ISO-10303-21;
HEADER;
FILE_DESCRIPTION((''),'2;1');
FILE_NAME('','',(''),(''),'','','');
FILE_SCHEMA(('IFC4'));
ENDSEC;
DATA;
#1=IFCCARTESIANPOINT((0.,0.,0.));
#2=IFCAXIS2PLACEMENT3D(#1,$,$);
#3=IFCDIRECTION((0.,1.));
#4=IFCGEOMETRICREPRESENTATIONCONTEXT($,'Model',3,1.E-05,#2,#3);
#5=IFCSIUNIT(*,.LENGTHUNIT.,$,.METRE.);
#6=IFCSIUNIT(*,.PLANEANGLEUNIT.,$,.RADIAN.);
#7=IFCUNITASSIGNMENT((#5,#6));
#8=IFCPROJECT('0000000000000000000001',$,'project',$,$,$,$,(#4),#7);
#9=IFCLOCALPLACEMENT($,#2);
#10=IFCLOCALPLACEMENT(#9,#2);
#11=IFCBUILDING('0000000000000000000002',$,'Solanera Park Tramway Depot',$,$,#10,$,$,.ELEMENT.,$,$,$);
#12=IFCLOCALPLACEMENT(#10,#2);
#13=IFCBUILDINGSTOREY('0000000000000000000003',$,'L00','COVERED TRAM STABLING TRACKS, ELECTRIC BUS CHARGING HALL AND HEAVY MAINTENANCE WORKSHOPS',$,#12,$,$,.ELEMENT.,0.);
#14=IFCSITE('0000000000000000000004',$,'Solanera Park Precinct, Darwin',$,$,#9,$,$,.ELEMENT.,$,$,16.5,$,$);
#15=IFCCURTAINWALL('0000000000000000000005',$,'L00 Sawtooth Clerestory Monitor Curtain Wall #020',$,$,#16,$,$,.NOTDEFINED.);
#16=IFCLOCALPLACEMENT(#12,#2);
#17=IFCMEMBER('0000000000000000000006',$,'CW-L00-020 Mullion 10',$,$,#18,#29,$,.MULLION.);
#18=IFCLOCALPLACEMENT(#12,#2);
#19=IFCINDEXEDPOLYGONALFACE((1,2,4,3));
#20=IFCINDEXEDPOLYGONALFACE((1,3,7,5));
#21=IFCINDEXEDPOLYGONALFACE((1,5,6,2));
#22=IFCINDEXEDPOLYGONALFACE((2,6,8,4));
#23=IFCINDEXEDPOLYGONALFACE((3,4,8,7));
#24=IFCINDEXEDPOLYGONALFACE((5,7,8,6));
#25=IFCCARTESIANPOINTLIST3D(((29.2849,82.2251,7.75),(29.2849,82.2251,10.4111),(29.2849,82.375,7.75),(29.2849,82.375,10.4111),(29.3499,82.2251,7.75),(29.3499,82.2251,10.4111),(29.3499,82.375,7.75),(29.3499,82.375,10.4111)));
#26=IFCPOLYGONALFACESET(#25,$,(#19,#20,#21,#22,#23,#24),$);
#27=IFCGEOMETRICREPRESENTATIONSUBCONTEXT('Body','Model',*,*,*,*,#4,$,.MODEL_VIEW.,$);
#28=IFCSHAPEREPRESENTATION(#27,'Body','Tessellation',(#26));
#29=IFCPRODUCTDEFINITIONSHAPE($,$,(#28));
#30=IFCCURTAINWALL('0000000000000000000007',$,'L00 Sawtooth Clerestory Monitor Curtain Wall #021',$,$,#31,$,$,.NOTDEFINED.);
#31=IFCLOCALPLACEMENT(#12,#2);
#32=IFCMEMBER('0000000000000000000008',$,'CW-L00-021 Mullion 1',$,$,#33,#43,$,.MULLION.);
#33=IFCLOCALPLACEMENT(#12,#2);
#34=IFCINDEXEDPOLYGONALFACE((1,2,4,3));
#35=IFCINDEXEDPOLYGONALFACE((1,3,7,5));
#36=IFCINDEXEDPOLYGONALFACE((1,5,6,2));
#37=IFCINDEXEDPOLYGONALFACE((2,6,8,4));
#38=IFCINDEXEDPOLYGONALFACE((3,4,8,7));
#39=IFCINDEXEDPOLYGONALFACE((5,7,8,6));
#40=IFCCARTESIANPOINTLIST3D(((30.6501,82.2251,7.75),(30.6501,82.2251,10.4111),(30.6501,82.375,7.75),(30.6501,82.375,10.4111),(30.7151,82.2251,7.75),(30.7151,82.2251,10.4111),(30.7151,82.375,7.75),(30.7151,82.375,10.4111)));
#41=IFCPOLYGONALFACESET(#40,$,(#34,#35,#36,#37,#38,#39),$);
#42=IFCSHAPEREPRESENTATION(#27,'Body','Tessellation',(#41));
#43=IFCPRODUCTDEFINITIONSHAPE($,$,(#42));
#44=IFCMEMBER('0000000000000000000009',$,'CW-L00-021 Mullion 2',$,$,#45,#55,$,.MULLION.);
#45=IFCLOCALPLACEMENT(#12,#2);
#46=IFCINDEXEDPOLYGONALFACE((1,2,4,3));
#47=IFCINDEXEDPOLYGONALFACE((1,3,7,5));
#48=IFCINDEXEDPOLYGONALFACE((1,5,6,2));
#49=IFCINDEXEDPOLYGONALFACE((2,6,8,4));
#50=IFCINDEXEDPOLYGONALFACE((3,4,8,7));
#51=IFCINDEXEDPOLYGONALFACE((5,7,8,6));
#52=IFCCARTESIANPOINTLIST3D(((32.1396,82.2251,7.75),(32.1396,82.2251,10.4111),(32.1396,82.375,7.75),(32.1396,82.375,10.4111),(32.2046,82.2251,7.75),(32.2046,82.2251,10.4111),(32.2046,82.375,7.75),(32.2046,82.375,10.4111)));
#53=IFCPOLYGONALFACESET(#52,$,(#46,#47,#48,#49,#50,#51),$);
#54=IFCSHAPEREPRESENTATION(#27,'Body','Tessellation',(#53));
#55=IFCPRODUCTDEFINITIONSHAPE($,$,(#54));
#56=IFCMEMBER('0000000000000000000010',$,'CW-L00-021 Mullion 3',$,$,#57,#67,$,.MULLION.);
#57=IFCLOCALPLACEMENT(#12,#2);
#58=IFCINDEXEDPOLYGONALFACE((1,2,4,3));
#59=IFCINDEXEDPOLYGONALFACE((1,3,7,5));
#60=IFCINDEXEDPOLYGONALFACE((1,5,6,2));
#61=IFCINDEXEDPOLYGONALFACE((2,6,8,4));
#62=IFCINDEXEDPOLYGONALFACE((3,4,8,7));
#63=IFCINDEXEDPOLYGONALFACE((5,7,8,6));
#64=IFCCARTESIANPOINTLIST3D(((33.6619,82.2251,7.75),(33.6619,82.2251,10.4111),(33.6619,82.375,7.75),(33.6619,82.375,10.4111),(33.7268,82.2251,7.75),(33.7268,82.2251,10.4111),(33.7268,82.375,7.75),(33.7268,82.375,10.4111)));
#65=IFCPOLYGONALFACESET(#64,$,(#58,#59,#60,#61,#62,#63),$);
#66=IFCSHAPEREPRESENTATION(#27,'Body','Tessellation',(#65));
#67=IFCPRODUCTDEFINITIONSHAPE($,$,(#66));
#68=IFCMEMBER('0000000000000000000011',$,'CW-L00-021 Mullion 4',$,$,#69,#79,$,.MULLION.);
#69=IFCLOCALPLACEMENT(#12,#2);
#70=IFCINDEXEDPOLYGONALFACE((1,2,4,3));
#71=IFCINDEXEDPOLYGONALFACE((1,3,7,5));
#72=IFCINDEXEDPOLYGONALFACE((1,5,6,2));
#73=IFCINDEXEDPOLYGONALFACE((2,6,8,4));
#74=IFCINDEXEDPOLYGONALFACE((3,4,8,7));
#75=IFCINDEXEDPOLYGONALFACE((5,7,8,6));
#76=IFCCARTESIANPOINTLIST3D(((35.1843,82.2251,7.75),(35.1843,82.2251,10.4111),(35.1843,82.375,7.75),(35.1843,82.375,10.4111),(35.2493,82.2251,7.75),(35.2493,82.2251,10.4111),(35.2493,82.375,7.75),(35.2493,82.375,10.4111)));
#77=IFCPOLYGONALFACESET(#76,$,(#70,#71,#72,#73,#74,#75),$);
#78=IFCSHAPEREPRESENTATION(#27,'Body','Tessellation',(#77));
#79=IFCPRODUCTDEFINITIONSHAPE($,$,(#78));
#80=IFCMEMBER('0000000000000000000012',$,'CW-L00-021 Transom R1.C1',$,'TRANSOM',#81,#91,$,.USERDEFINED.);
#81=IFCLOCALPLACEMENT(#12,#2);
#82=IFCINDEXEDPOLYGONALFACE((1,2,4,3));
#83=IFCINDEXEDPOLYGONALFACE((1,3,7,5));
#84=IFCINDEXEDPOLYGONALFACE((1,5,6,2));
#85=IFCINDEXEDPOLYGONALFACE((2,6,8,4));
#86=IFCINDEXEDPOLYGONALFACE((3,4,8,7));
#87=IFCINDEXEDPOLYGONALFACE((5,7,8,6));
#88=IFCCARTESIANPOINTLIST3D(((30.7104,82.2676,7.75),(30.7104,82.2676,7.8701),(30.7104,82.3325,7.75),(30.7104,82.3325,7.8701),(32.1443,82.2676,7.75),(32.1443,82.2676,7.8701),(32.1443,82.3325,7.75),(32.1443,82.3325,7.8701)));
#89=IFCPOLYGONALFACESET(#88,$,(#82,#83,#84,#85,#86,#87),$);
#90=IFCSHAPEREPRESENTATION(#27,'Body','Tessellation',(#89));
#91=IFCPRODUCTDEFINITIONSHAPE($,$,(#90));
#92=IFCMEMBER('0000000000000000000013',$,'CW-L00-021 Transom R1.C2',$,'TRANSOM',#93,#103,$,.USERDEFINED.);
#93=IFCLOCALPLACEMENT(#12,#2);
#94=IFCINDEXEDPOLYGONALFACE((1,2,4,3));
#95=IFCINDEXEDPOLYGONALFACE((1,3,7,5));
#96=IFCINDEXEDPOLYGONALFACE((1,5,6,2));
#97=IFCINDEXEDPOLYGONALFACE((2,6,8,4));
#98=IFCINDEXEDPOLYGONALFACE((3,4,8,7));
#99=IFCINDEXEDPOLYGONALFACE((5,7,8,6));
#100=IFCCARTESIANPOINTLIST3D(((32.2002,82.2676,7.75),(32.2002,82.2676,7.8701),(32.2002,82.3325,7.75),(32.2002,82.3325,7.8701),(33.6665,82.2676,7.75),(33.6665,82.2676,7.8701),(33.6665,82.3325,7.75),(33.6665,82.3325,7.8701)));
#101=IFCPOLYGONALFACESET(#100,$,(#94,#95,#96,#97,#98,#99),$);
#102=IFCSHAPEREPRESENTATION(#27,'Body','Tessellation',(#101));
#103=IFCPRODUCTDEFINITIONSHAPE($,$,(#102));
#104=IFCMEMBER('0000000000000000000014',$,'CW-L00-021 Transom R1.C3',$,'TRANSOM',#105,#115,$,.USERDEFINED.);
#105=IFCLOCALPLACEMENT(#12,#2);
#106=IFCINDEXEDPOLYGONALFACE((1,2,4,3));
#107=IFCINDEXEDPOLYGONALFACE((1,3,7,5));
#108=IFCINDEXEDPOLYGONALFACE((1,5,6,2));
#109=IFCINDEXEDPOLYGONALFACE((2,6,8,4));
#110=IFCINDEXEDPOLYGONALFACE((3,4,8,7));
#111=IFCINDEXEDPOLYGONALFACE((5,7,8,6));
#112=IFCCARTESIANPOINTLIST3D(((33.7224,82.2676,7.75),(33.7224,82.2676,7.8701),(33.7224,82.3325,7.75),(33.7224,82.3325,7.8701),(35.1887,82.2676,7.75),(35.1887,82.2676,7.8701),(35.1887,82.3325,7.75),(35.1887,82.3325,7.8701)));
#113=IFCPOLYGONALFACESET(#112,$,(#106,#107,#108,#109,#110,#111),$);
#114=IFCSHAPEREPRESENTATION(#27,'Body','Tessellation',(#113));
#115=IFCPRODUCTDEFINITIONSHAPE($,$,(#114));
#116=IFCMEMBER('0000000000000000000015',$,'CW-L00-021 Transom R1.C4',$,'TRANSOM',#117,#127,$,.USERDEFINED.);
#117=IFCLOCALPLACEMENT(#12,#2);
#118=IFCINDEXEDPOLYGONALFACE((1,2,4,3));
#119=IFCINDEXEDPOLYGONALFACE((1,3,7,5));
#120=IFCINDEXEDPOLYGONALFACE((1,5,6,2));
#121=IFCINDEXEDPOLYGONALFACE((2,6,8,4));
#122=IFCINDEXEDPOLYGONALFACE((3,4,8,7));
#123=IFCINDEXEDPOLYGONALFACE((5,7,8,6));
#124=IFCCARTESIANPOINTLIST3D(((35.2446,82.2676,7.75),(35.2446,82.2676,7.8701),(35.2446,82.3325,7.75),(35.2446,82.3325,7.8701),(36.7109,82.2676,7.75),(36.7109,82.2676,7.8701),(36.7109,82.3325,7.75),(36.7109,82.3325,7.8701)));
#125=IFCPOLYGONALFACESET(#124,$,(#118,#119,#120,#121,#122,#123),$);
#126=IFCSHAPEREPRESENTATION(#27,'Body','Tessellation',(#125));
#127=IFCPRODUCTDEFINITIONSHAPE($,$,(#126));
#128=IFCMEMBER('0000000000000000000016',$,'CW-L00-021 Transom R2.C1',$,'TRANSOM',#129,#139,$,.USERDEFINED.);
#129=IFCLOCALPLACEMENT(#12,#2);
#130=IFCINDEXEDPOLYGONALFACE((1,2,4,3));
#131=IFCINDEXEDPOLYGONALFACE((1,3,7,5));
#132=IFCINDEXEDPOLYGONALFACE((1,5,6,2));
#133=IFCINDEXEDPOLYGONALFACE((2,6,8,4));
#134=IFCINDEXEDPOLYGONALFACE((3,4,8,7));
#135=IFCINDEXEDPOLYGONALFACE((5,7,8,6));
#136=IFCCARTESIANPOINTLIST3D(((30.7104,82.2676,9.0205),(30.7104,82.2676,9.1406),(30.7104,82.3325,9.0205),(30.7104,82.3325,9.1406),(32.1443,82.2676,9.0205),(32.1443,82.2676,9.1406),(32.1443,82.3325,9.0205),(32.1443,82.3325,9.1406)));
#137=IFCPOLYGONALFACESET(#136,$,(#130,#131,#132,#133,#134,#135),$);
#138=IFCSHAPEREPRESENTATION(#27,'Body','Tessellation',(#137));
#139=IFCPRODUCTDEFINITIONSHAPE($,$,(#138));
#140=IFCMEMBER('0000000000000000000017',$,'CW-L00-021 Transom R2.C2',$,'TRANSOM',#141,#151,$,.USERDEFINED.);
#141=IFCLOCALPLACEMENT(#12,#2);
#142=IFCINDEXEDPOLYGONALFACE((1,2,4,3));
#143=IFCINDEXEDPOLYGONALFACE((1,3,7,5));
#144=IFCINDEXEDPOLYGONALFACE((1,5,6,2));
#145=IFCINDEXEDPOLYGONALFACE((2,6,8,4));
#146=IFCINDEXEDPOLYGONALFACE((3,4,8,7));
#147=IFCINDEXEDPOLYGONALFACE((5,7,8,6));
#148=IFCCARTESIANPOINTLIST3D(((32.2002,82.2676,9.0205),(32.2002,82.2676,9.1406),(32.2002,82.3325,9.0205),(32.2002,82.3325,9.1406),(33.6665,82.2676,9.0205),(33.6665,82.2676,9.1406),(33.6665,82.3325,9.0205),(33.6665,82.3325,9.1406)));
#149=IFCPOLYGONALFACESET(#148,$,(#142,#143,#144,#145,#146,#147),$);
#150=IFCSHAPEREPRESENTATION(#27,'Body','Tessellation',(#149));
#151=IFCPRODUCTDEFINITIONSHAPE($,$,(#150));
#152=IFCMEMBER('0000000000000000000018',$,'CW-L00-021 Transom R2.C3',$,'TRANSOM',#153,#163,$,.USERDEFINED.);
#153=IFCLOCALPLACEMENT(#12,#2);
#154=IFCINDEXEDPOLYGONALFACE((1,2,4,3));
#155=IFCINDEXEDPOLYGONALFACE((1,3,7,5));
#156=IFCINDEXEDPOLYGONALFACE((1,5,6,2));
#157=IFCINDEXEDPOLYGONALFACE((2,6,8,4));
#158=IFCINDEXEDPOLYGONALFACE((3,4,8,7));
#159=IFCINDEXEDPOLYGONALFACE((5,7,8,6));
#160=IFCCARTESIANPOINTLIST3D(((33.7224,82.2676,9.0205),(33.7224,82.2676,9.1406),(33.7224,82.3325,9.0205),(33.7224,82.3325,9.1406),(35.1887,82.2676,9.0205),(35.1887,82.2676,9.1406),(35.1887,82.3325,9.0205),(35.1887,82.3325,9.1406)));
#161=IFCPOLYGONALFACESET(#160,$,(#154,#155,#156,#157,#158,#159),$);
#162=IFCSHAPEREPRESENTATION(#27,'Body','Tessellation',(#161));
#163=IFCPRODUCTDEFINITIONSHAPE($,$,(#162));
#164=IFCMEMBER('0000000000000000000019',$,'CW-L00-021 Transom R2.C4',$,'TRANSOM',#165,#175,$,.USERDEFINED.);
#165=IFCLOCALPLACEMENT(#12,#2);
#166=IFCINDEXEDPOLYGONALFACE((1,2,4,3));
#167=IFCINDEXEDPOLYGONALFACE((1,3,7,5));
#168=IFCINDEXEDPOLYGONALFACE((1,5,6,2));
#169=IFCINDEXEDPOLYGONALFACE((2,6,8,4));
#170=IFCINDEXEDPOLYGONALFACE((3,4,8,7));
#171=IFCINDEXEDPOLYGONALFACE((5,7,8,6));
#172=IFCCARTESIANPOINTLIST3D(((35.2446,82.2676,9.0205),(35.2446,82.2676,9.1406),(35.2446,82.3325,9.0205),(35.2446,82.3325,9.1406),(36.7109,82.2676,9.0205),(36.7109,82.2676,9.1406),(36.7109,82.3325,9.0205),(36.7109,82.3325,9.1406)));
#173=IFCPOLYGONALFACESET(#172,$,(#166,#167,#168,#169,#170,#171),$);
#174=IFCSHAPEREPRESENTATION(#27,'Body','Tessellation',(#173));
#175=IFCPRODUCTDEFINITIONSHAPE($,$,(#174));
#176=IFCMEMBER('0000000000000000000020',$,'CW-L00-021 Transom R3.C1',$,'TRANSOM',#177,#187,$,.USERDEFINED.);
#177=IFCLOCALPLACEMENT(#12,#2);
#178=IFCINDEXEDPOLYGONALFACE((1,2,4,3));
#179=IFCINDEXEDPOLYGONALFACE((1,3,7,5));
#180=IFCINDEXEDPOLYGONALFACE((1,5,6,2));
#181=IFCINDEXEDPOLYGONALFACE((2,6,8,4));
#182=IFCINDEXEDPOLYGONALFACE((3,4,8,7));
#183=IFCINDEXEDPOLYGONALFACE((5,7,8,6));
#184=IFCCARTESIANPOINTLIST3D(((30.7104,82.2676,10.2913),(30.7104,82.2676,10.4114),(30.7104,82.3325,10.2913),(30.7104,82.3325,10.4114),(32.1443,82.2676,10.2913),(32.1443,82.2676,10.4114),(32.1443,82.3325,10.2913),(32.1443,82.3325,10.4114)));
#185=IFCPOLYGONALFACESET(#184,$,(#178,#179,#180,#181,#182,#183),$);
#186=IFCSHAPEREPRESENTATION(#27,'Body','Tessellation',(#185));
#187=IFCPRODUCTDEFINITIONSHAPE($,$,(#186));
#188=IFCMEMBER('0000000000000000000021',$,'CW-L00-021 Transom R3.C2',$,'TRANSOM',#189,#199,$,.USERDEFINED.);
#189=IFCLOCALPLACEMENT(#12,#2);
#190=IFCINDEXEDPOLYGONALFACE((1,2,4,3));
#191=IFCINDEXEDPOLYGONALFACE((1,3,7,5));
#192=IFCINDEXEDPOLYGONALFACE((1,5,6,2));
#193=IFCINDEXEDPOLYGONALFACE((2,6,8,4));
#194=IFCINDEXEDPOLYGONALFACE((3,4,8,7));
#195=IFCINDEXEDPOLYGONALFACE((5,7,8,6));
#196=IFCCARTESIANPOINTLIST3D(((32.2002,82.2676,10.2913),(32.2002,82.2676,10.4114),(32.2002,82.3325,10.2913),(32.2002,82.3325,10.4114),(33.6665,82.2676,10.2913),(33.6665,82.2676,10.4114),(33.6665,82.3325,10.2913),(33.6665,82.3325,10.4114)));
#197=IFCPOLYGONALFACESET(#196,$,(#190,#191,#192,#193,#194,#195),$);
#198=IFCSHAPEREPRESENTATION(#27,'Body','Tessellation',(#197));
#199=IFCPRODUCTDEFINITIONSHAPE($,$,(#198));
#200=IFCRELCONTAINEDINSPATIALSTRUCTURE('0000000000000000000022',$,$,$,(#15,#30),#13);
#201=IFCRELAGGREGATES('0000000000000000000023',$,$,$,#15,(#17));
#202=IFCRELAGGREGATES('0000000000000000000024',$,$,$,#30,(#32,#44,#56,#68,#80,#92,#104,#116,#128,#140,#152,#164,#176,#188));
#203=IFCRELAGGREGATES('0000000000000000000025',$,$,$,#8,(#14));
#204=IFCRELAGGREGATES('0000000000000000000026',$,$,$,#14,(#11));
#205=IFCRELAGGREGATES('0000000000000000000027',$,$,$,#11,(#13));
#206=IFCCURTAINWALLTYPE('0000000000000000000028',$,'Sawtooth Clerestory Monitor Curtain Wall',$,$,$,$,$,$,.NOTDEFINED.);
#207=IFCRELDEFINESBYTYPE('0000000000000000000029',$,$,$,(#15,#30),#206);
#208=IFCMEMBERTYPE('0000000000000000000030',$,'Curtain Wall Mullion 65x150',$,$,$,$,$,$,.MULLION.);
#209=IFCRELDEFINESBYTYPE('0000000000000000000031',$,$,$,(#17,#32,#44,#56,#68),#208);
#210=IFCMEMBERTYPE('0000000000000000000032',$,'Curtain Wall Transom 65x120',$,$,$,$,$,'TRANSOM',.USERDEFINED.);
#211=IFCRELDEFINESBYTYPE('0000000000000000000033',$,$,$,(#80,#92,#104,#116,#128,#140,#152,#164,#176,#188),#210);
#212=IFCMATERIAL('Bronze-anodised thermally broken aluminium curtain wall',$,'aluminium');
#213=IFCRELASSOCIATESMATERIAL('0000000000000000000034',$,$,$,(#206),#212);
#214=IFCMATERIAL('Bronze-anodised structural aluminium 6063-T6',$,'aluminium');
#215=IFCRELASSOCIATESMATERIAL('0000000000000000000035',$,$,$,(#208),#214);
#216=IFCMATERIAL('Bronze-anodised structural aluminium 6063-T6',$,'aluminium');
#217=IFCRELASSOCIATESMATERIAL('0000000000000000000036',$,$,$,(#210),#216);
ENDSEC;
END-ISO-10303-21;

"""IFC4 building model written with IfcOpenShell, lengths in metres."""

from ifc_helpers import new_model, si_unit, direction, frame, origin, origin_2d, place, context, subcontext, project, spatial, rectangle, extrude, material, material_profile, profile_set, type_object, element, aggregate, save


model = new_model("IFC4")

# Units and contexts
model_context = context("Model", 3, precision=1e-05, world=origin(), true_north=direction((0.0, 1.0)))
body_context = subcontext(model_context, "Body", "Model", "MODEL_VIEW")
ifc_project = project(units=[si_unit("LENGTHUNIT", "METRE"), si_unit("PLANEANGLEUNIT", "RADIAN")], contexts=[model_context])

# Site, building, storey
site_placement = place(None, origin())
site = spatial("IfcSite", under=ifc_project, at=site_placement, Name="Solanera Park Precinct, Darwin", CompositionType="ELEMENT", RefElevation=16.5)
building_placement = place(site_placement, origin())
building = spatial("IfcBuilding", under=site, at=building_placement, Name="Solanera Park Tramway Depot", CompositionType="ELEMENT")
storey_placement = place(building_placement, origin())
storey = spatial("IfcBuildingStorey", under=building, at=storey_placement, Name="L00", Description="COVERED TRAM STABLING TRACKS, ELECTRIC BUS CHARGING HALL AND HEAVY MAINTENANCE WORKSHOPS", CompositionType="ELEMENT", Elevation=0.0)

# Curtain wall, member
ifc_material_1 = material(Name="Bronze-anodised thermally broken aluminium curtain wall", Category="aluminium")
curtain_wall_type = type_object("IfcCurtainWallType", Name="Sawtooth Clerestory Monitor Curtain Wall", PredefinedType="NOTDEFINED", material=ifc_material_1)
curtain_wall_1_placement = place(storey_placement, origin())
curtain_wall_1 = element("IfcCurtainWall", 1, at=curtain_wall_1_placement, inside=storey, type_object=curtain_wall_type, Name="L00 Sawtooth Clerestory Monitor Curtain Wall #020", PredefinedType="NOTDEFINED")
ifc_material_2 = material(Name="Bronze-anodised structural aluminium 6063-T6", Category="aluminium")
ifc_material_profile_1 = material_profile(ifc_material_2, rectangle(XDim=0.0649, YDim=0.1499, at=origin_2d()), Name="Curtain Wall Mullion 65x150")
ifc_profile_set_1 = profile_set([ifc_material_profile_1], Name="Bronze-anodised structural aluminium 6063-T6")
member_type_1 = type_object("IfcMemberType", Name="Curtain Wall Mullion 65x150", PredefinedType="MULLION", material=ifc_profile_set_1)
member_1_placement = place(storey_placement, frame((29.3174, 82.3, 7.75), z_axis=(0.0, 0.0, 1.0), x_axis=(1.0, 0.0, 0.0)))
member_1 = element("IfcMember", 2, at=member_1_placement, type_object=member_type_1, Name="CW-L00-020 Mullion 10", PredefinedType="MULLION", context=body_context, shape_type="SweptSolid", body=[
    extrude(rectangle(XDim=0.0649, YDim=0.1499, at=origin_2d()), origin(), (0.0, 0.0, 1.0), 2.6611),
])
aggregate(curtain_wall_1, [member_1])

# Curtain wall, members
curtain_wall_2_placement = place(storey_placement, origin())
curtain_wall_2 = element("IfcCurtainWall", 3, at=curtain_wall_2_placement, inside=storey, type_object=curtain_wall_type, Name="L00 Sawtooth Clerestory Monitor Curtain Wall #021", PredefinedType="NOTDEFINED")
member_2_placement = place(storey_placement, frame((30.6826, 82.3, 7.75), z_axis=(0.0, 0.0, 1.0), x_axis=(1.0, 0.0, 0.0)))
member_2 = element("IfcMember", 4, at=member_2_placement, type_object=member_type_1, Name="CW-L00-021 Mullion 1", PredefinedType="MULLION", context=body_context, shape_type="SweptSolid", body=[
    extrude(rectangle(XDim=0.0649, YDim=0.1499, at=origin_2d()), origin(), (0.0, 0.0, 1.0), 2.6611),
])
member_3_placement = place(storey_placement, frame((32.1721, 82.3, 7.75), z_axis=(0.0, 0.0, 1.0), x_axis=(1.0, 0.0, 0.0)))
member_3 = element("IfcMember", 5, at=member_3_placement, type_object=member_type_1, Name="CW-L00-021 Mullion 2", PredefinedType="MULLION", context=body_context, shape_type="SweptSolid", body=[
    extrude(rectangle(XDim=0.0649, YDim=0.1499, at=origin_2d()), origin(), (0.0, 0.0, 1.0), 2.6611),
])
member_4_placement = place(storey_placement, frame((33.6943, 82.3, 7.75), z_axis=(0.0, 0.0, 1.0), x_axis=(1.0, 0.0, 0.0)))
member_4 = element("IfcMember", 6, at=member_4_placement, type_object=member_type_1, Name="CW-L00-021 Mullion 3", PredefinedType="MULLION", context=body_context, shape_type="SweptSolid", body=[
    extrude(rectangle(XDim=0.0649, YDim=0.1499, at=origin_2d()), origin(), (0.0, 0.0, 1.0), 2.6611),
])
member_5_placement = place(storey_placement, frame((35.2168, 82.3, 7.75), z_axis=(0.0, 0.0, 1.0), x_axis=(1.0, 0.0, 0.0)))
member_5 = element("IfcMember", 7, at=member_5_placement, type_object=member_type_1, Name="CW-L00-021 Mullion 4", PredefinedType="MULLION", context=body_context, shape_type="SweptSolid", body=[
    extrude(rectangle(XDim=0.0649, YDim=0.1499, at=origin_2d()), origin(), (0.0, 0.0, 1.0), 2.6611),
])
ifc_material_3 = material(Name="Bronze-anodised structural aluminium 6063-T6", Category="aluminium")
ifc_material_profile_2 = material_profile(ifc_material_3, rectangle(XDim=0.0649, YDim=0.1201, at=origin_2d()), Name="Curtain Wall Transom 65x120")
ifc_profile_set_2 = profile_set([ifc_material_profile_2], Name="Bronze-anodised structural aluminium 6063-T6")
member_type_2 = type_object("IfcMemberType", Name="Curtain Wall Transom 65x120", ElementType="TRANSOM", PredefinedType="USERDEFINED", material=ifc_profile_set_2)
member_6_placement = place(storey_placement, frame((30.7104, 82.3, 7.8101), z_axis=(1.0, 0.0, 0.0), x_axis=(0.0, 1.0, 0.0)))
member_6 = element("IfcMember", 8, at=member_6_placement, type_object=member_type_2, Name="CW-L00-021 Transom R1.C1", ObjectType="TRANSOM", PredefinedType="USERDEFINED", context=body_context, shape_type="SweptSolid", body=[
    extrude(rectangle(XDim=0.0649, YDim=0.1201, at=origin_2d()), origin(), (0.0, 0.0, 1.0), 1.4338),
])
member_7_placement = place(storey_placement, frame((32.2002, 82.3, 7.8101), z_axis=(1.0, 0.0, 0.0), x_axis=(0.0, 1.0, 0.0)))
member_7 = element("IfcMember", 9, at=member_7_placement, type_object=member_type_2, Name="CW-L00-021 Transom R1.C2", ObjectType="TRANSOM", PredefinedType="USERDEFINED", context=body_context, shape_type="SweptSolid", body=[
    extrude(rectangle(XDim=0.0649, YDim=0.1201, at=origin_2d()), origin(), (0.0, 0.0, 1.0), 1.4663),
])
member_8_placement = place(storey_placement, frame((33.7224, 82.3, 7.8101), z_axis=(1.0, 0.0, 0.0), x_axis=(0.0, 1.0, 0.0)))
member_8 = element("IfcMember", 10, at=member_8_placement, type_object=member_type_2, Name="CW-L00-021 Transom R1.C3", ObjectType="TRANSOM", PredefinedType="USERDEFINED", context=body_context, shape_type="SweptSolid", body=[
    extrude(rectangle(XDim=0.0649, YDim=0.1201, at=origin_2d()), origin(), (0.0, 0.0, 1.0), 1.4663),
])
member_9_placement = place(storey_placement, frame((35.2446, 82.3, 7.8101), z_axis=(1.0, 0.0, 0.0), x_axis=(0.0, 1.0, 0.0)))
member_9 = element("IfcMember", 11, at=member_9_placement, type_object=member_type_2, Name="CW-L00-021 Transom R1.C4", ObjectType="TRANSOM", PredefinedType="USERDEFINED", context=body_context, shape_type="SweptSolid", body=[
    extrude(rectangle(XDim=0.0649, YDim=0.1201, at=origin_2d()), origin(), (0.0, 0.0, 1.0), 1.4663),
])
member_10_placement = place(storey_placement, frame((30.7104, 82.3, 9.0806), z_axis=(1.0, 0.0, 0.0), x_axis=(0.0, 1.0, 0.0)))
member_10 = element("IfcMember", 12, at=member_10_placement, type_object=member_type_2, Name="CW-L00-021 Transom R2.C1", ObjectType="TRANSOM", PredefinedType="USERDEFINED", context=body_context, shape_type="SweptSolid", body=[
    extrude(rectangle(XDim=0.0649, YDim=0.1201, at=origin_2d()), origin(), (0.0, 0.0, 1.0), 1.4338),
])
member_11_placement = place(storey_placement, frame((32.2002, 82.3, 9.0806), z_axis=(1.0, 0.0, 0.0), x_axis=(0.0, 1.0, 0.0)))
member_11 = element("IfcMember", 13, at=member_11_placement, type_object=member_type_2, Name="CW-L00-021 Transom R2.C2", ObjectType="TRANSOM", PredefinedType="USERDEFINED", context=body_context, shape_type="SweptSolid", body=[
    extrude(rectangle(XDim=0.0649, YDim=0.1201, at=origin_2d()), origin(), (0.0, 0.0, 1.0), 1.4663),
])
member_12_placement = place(storey_placement, frame((33.7224, 82.3, 9.0806), z_axis=(1.0, 0.0, 0.0), x_axis=(0.0, 1.0, 0.0)))
member_12 = element("IfcMember", 14, at=member_12_placement, type_object=member_type_2, Name="CW-L00-021 Transom R2.C3", ObjectType="TRANSOM", PredefinedType="USERDEFINED", context=body_context, shape_type="SweptSolid", body=[
    extrude(rectangle(XDim=0.0649, YDim=0.1201, at=origin_2d()), origin(), (0.0, 0.0, 1.0), 1.4663),
])
member_13_placement = place(storey_placement, frame((35.2446, 82.3, 9.0806), z_axis=(1.0, 0.0, 0.0), x_axis=(0.0, 1.0, 0.0)))
member_13 = element("IfcMember", 15, at=member_13_placement, type_object=member_type_2, Name="CW-L00-021 Transom R2.C4", ObjectType="TRANSOM", PredefinedType="USERDEFINED", context=body_context, shape_type="SweptSolid", body=[
    extrude(rectangle(XDim=0.0649, YDim=0.1201, at=origin_2d()), origin(), (0.0, 0.0, 1.0), 1.4663),
])
member_14_placement = place(storey_placement, frame((30.7104, 82.3, 10.3513), z_axis=(1.0, 0.0, 0.0), x_axis=(0.0, 1.0, 0.0)))
member_14 = element("IfcMember", 16, at=member_14_placement, type_object=member_type_2, Name="CW-L00-021 Transom R3.C1", ObjectType="TRANSOM", PredefinedType="USERDEFINED", context=body_context, shape_type="SweptSolid", body=[
    extrude(rectangle(XDim=0.0649, YDim=0.1201, at=origin_2d()), origin(), (0.0, 0.0, 1.0), 1.4338),
])
member_15_placement = place(storey_placement, frame((32.2002, 82.3, 10.3513), z_axis=(1.0, 0.0, 0.0), x_axis=(0.0, 1.0, 0.0)))
member_15 = element("IfcMember", 17, at=member_15_placement, type_object=member_type_2, Name="CW-L00-021 Transom R3.C2", ObjectType="TRANSOM", PredefinedType="USERDEFINED", context=body_context, shape_type="SweptSolid", body=[
    extrude(rectangle(XDim=0.0649, YDim=0.1201, at=origin_2d()), origin(), (0.0, 0.0, 1.0), 1.4663),
])

aggregate(curtain_wall_2, [member_2, member_3, member_4, member_5, member_6, member_7, member_8, member_9, member_10, member_11, member_12, member_13, member_14, member_15])

save(model, "model.ifc")
